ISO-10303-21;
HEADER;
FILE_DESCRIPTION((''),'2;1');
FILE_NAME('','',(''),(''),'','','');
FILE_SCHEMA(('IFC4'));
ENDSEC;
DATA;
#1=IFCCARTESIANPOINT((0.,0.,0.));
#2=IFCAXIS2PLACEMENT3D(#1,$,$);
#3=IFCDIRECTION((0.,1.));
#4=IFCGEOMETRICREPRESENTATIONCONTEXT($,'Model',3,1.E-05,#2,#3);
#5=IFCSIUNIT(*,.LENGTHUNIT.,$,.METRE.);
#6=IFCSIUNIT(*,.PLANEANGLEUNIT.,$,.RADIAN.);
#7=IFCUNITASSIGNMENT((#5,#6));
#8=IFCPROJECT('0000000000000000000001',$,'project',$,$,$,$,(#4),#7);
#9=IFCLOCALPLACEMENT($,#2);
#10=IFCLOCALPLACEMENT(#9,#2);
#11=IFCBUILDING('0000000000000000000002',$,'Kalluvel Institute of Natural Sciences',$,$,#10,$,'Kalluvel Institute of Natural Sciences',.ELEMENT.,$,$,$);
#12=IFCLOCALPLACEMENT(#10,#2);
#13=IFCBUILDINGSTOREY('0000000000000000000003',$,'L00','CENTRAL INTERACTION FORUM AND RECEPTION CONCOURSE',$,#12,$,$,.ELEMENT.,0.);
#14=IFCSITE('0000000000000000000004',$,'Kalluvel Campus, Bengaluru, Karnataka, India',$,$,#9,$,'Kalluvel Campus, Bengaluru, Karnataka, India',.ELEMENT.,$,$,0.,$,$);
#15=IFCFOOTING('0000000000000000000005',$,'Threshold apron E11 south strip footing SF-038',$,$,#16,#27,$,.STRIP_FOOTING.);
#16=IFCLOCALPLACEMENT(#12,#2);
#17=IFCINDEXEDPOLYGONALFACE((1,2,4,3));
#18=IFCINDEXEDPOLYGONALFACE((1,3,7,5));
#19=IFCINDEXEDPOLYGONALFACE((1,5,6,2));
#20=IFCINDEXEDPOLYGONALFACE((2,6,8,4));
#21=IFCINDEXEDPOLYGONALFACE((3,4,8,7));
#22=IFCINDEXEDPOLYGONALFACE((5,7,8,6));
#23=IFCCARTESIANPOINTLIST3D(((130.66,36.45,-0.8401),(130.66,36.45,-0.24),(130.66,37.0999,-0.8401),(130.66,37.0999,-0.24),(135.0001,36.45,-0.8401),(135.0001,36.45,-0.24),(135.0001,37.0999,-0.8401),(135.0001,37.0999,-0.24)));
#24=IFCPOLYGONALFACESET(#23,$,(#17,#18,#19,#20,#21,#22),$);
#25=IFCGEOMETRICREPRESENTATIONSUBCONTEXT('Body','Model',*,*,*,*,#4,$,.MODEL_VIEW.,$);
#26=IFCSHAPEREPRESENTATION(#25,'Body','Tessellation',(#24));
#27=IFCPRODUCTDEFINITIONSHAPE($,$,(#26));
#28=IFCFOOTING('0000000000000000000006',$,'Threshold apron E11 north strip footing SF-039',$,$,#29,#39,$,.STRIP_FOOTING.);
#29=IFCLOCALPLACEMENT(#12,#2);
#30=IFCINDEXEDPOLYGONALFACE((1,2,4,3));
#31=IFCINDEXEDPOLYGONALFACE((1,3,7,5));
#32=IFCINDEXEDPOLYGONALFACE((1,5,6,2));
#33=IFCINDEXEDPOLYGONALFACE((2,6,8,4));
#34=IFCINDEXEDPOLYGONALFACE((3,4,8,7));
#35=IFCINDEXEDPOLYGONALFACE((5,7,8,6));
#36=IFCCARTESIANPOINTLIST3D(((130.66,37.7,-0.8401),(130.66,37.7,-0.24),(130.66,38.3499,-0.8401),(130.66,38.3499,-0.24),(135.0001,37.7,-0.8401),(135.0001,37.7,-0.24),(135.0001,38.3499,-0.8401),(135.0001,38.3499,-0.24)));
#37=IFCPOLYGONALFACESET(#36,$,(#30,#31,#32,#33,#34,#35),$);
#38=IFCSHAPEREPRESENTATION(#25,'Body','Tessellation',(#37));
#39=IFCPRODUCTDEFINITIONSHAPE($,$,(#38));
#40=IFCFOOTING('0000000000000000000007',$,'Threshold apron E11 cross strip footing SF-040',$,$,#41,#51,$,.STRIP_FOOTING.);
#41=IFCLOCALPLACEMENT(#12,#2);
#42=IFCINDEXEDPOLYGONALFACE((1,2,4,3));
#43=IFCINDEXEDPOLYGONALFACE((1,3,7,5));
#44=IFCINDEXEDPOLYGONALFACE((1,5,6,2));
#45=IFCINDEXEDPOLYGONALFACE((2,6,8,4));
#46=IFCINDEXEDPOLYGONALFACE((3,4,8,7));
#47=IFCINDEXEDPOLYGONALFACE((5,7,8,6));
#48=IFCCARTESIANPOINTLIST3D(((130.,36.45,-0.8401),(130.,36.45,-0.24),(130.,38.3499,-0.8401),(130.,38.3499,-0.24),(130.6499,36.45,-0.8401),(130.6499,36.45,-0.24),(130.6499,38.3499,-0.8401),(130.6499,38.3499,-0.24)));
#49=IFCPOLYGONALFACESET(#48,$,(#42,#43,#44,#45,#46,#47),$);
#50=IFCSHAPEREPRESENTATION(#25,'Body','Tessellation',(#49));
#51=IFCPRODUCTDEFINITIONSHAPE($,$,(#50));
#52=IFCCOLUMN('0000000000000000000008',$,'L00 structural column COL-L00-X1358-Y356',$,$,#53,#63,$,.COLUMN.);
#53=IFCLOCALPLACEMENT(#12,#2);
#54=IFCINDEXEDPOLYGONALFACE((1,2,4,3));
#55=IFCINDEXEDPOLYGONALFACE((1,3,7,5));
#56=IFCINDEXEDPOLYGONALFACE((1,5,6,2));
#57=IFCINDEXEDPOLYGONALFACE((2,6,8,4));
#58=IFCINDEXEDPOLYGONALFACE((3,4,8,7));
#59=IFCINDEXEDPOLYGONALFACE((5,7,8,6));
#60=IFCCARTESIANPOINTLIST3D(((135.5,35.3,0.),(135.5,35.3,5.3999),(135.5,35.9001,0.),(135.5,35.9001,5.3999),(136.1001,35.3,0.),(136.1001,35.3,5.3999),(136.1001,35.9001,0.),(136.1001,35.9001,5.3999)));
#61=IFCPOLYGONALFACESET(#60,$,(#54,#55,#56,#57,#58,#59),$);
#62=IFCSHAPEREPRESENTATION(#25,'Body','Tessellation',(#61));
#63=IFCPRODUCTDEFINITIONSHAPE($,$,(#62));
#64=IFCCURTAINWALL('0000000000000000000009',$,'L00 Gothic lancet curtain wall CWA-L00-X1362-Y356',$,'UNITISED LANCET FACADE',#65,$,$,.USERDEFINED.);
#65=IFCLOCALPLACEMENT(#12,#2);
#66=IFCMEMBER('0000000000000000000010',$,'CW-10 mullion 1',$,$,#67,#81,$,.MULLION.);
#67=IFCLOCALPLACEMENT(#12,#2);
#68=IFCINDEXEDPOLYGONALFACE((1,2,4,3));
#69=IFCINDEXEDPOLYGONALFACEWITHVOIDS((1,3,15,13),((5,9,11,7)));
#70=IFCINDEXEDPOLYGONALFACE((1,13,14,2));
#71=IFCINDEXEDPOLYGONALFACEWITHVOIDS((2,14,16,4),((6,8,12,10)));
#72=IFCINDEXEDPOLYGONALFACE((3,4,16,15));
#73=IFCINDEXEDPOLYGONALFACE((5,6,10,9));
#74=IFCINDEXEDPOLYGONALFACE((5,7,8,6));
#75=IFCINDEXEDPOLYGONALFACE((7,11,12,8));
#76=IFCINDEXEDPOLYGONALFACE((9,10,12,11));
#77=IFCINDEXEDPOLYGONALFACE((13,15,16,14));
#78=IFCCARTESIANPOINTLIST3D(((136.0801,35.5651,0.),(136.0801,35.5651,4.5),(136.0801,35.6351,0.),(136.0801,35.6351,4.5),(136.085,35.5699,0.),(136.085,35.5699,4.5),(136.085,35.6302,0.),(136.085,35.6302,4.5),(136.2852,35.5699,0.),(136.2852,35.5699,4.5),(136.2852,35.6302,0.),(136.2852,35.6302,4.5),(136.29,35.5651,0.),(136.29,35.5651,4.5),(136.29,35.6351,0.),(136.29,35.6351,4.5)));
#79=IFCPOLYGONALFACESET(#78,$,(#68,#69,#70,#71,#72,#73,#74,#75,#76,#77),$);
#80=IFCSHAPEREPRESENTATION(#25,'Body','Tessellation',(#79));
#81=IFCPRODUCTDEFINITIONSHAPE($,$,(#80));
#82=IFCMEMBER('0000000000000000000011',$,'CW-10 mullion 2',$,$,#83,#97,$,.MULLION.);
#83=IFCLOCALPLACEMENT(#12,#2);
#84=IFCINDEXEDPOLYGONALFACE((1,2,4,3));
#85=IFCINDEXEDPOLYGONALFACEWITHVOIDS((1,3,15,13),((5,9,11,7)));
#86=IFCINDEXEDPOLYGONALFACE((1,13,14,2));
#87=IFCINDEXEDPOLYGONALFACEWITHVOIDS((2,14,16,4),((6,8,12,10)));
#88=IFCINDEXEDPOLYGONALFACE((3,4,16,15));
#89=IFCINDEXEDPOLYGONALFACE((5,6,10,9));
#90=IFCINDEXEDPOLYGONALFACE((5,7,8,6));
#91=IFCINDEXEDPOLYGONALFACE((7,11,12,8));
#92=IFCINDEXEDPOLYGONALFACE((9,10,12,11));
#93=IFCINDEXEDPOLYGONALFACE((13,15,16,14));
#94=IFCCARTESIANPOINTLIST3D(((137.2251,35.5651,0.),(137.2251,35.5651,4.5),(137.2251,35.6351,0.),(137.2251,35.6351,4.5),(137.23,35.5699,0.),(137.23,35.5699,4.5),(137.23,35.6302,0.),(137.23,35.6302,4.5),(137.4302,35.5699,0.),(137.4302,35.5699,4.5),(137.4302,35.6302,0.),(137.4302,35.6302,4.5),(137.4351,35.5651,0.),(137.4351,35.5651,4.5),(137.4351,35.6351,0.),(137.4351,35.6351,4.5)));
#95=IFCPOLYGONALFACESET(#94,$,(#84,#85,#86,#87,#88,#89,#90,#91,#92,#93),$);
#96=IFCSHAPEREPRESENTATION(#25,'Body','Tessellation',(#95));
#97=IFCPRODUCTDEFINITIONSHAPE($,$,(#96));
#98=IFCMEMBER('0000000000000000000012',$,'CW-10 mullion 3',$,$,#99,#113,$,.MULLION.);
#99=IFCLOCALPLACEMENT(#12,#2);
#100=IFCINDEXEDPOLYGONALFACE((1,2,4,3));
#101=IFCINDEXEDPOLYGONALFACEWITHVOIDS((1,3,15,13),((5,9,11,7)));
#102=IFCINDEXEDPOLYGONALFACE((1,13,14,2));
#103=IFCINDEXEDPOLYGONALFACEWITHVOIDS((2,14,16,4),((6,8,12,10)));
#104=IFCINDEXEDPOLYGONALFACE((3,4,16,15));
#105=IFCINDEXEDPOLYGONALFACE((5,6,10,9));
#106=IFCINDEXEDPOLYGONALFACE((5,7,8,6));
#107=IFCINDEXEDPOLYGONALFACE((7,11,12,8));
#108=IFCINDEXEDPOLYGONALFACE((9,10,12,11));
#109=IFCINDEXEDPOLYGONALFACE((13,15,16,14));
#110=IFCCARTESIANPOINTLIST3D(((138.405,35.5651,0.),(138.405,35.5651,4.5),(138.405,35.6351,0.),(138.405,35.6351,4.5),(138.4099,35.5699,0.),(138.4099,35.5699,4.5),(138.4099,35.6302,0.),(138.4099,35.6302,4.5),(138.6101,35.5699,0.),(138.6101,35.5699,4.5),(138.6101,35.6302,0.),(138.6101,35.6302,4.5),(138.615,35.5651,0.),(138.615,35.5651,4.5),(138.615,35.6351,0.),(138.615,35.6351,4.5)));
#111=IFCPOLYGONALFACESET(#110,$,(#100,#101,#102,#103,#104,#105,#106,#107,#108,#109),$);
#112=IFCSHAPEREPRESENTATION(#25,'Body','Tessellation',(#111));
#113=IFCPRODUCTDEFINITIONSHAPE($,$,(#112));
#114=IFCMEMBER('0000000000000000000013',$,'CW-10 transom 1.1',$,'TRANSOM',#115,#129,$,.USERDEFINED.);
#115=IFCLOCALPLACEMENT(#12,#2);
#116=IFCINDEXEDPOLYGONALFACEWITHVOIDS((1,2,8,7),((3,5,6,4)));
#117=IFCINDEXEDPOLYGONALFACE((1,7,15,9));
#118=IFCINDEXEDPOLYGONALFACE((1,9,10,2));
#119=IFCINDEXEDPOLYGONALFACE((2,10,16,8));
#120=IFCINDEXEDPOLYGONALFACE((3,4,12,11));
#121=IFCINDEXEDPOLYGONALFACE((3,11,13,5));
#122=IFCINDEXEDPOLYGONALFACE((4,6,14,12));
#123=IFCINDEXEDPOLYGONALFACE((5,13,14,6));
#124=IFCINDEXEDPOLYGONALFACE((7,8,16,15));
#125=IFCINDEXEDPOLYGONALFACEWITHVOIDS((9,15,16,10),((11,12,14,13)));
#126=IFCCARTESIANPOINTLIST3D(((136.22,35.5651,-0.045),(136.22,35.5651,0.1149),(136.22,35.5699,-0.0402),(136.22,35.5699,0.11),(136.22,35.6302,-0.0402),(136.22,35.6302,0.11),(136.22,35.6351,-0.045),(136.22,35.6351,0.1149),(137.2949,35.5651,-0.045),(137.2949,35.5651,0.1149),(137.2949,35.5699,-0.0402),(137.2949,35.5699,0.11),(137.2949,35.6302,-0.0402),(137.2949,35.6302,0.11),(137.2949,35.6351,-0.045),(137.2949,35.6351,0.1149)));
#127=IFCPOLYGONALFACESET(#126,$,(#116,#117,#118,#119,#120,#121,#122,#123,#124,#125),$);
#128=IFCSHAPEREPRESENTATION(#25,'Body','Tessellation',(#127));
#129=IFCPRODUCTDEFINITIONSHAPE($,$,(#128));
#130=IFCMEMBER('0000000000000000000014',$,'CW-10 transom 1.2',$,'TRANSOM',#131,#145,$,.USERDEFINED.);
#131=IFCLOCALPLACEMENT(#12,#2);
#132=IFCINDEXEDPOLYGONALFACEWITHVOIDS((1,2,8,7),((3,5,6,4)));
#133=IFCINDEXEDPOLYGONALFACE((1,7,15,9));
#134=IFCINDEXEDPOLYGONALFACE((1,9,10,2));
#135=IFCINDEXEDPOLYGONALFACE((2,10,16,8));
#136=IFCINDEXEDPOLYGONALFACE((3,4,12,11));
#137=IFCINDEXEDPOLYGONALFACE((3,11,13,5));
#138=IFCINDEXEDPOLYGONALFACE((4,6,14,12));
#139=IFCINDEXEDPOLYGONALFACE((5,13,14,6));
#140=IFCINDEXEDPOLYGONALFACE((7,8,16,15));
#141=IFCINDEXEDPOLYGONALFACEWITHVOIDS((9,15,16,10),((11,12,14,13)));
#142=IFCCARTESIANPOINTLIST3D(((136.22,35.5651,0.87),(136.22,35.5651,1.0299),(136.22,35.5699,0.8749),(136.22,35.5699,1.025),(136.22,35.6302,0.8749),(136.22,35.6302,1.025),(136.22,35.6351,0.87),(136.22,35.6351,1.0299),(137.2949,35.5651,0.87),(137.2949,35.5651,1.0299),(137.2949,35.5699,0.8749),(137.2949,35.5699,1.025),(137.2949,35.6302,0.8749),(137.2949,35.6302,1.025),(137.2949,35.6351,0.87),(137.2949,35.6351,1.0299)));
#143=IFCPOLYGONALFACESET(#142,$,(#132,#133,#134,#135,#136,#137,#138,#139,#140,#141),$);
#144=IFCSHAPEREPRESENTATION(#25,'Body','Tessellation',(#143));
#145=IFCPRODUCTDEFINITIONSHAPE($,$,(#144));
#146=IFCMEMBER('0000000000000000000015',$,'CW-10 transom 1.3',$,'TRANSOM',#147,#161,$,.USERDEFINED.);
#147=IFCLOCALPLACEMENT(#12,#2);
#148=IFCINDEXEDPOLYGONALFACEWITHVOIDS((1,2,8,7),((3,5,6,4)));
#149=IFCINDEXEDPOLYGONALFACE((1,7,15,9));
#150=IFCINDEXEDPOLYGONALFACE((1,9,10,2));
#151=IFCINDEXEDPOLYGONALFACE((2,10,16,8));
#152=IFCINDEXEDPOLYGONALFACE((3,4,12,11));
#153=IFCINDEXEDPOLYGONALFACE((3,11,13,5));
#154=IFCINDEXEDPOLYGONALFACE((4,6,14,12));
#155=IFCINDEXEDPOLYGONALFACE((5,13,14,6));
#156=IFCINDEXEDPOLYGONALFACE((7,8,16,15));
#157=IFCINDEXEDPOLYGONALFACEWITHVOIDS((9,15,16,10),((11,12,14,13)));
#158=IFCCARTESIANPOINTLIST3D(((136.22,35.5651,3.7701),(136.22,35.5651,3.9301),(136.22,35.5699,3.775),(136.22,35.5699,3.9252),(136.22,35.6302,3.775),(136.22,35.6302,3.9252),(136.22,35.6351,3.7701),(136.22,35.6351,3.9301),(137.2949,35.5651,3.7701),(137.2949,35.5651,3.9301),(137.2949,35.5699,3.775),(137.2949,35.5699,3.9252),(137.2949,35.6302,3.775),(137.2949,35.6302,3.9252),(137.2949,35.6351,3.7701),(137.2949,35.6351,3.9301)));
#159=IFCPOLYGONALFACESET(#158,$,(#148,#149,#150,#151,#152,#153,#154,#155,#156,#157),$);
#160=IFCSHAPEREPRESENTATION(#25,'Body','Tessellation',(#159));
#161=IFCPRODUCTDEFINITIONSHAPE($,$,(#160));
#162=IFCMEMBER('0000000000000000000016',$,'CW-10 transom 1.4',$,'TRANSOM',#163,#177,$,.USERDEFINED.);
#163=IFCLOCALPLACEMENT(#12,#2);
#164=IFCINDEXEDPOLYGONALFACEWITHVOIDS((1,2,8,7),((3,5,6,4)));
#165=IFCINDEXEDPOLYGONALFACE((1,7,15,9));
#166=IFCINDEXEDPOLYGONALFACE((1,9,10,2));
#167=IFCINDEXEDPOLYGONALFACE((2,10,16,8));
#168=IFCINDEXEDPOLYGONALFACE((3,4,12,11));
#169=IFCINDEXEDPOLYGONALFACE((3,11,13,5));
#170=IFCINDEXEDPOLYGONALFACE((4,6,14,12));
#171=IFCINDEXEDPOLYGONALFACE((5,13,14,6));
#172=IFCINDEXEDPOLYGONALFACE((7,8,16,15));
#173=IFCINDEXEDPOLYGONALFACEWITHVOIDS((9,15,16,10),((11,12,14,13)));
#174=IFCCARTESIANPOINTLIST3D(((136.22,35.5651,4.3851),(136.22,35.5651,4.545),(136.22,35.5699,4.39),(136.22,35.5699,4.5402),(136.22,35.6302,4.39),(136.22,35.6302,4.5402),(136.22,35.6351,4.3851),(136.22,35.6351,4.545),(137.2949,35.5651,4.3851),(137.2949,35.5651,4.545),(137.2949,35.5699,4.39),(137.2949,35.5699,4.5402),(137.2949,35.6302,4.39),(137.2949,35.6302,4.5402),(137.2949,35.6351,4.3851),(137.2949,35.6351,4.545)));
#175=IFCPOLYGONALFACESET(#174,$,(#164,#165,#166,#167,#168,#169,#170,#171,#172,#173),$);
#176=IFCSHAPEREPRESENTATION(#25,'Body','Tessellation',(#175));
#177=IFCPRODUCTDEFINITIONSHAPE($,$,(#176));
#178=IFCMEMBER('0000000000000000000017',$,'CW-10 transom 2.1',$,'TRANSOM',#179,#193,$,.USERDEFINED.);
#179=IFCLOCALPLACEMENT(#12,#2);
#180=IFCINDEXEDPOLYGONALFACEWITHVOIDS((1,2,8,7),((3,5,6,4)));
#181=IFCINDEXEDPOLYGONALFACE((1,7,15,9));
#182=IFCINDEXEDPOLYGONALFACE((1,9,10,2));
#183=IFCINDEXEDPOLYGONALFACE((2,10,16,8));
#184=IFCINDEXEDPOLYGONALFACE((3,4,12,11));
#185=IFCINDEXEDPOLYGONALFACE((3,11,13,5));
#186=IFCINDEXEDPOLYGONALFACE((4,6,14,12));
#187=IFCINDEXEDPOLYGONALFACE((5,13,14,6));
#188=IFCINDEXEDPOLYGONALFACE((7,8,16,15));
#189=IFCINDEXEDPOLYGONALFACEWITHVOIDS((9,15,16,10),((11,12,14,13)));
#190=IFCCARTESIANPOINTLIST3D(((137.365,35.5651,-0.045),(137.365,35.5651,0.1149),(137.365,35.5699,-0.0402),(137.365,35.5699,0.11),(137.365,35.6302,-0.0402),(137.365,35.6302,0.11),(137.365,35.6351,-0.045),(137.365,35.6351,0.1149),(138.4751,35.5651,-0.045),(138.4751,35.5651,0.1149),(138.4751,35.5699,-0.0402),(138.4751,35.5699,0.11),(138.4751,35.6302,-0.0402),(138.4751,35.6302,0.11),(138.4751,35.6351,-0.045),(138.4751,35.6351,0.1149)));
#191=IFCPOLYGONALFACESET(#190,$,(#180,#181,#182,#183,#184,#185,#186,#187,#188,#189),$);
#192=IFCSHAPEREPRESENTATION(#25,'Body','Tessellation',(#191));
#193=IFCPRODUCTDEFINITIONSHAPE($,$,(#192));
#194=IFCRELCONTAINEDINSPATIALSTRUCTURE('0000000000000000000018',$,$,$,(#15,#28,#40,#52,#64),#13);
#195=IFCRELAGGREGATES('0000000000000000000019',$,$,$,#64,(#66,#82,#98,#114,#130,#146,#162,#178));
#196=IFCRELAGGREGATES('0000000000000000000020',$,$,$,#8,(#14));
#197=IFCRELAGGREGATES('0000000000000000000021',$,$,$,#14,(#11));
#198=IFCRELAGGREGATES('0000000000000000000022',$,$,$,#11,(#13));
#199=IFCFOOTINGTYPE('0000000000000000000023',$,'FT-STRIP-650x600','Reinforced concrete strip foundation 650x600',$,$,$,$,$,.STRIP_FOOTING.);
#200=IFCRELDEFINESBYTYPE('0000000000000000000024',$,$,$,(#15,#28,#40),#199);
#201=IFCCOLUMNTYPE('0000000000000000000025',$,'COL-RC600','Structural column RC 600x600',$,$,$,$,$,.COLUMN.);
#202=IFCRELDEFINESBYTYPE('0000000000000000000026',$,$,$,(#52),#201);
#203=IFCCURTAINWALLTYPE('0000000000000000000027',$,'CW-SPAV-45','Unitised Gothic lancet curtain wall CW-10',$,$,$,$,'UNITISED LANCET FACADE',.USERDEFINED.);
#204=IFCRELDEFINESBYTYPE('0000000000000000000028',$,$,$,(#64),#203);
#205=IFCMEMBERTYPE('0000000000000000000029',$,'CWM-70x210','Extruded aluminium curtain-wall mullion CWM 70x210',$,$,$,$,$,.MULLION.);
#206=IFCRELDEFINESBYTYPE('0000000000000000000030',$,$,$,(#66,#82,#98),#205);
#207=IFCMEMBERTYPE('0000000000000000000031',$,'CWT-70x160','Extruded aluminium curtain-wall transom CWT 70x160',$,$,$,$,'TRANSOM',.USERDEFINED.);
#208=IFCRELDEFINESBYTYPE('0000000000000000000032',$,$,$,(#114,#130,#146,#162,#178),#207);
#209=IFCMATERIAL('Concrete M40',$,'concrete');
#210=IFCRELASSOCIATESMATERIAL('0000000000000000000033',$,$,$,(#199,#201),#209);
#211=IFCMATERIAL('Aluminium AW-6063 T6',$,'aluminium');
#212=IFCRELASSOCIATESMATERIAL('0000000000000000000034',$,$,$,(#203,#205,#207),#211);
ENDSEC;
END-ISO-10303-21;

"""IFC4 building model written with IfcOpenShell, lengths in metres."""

from ifc_helpers import new_model, si_unit, direction, frame, origin, origin_2d, place, context, subcontext, project, spatial, rectangle, hollow_rectangle, extrude, material, material_profile, profile_set, type_object, element, aggregate, save


model = new_model("IFC4")

# Units and contexts
model_context = context("Model", 3, precision=1e-05, world=origin(), true_north=direction((0.0, 1.0)))
body_context = subcontext(model_context, "Body", "Model", "MODEL_VIEW")
ifc_project = project(units=[si_unit("LENGTHUNIT", "METRE"), si_unit("PLANEANGLEUNIT", "RADIAN")], contexts=[model_context])

# Site, building, storey
site_placement = place(None, origin())
site = spatial("IfcSite", under=ifc_project, at=site_placement, Name="Kalluvel Campus, Bengaluru, Karnataka, India", LongName="Kalluvel Campus, Bengaluru, Karnataka, India", CompositionType="ELEMENT", RefElevation=0.0)
building_placement = place(site_placement, origin())
building = spatial("IfcBuilding", under=site, at=building_placement, Name="Kalluvel Institute of Natural Sciences", LongName="Kalluvel Institute of Natural Sciences", CompositionType="ELEMENT")
storey_placement = place(building_placement, origin())
storey = spatial("IfcBuildingStorey", under=building, at=storey_placement, Name="L00", Description="CENTRAL INTERACTION FORUM AND RECEPTION CONCOURSE", CompositionType="ELEMENT", Elevation=0.0)

# Footings
ifc_material_1 = material(Name="Concrete M40", Category="concrete")
footing_type = type_object("IfcFootingType", Name="FT-STRIP-650x600", Description="Reinforced concrete strip foundation 650x600", PredefinedType="STRIP_FOOTING", material=ifc_material_1)
for number, where, z_axis, x_axis, name in (
    (1, (132.8301, 36.7749, -0.8401), (0.0, 0.0, 1.0), (1.0, 0.0, 0.0), "Threshold apron E11 south strip footing SF-038"),
    (2, (132.8301, 38.0249, -0.8401), (0.0, 0.0, 1.0), (1.0, 0.0, 0.0), "Threshold apron E11 north strip footing SF-039"),
):
    element("IfcFooting", number, at=place(storey_placement, frame(where, z_axis=z_axis, x_axis=x_axis)), inside=storey, type_object=footing_type, Name=name, PredefinedType="STRIP_FOOTING", context=body_context, shape_type="SweptSolid", body=[
        extrude(rectangle(XDim=4.3401, YDim=0.6499, at=origin_2d()), origin(), (0.0, 0.0, 1.0), 0.6001),
    ])
footing_placement = place(storey_placement, frame((130.325, 37.3999, -0.8401), z_axis=(0.0, 0.0, 1.0), x_axis=(1.0, 0.0, 0.0)))
element("IfcFooting", 3, at=footing_placement, inside=storey, type_object=footing_type, Name="Threshold apron E11 cross strip footing SF-040", PredefinedType="STRIP_FOOTING", context=body_context, shape_type="SweptSolid", body=[
    extrude(rectangle(XDim=0.6499, YDim=1.8999, at=origin_2d()), origin(), (0.0, 0.0, 1.0), 0.6001),
])

# Column
ifc_material_profile_1 = material_profile(ifc_material_1, rectangle(XDim=0.6001, YDim=0.6001, at=origin_2d()), Name="RC 600x600")
ifc_profile_set_1 = profile_set([ifc_material_profile_1], Name="Concrete M40")
column_type = type_object("IfcColumnType", Name="COL-RC600", Description="Structural column RC 600x600", PredefinedType="COLUMN", material=ifc_profile_set_1)
column_placement = place(storey_placement, frame((135.8, 35.6001, 0.0), z_axis=(0.0, 0.0, 1.0), x_axis=(1.0, 0.0, 0.0)))
element("IfcColumn", 4, at=column_placement, inside=storey, type_object=column_type, Name="L00 structural column COL-L00-X1358-Y356", PredefinedType="COLUMN", context=body_context, shape_type="SweptSolid", body=[
    extrude(rectangle(XDim=0.6001, YDim=0.6001, at=origin_2d()), origin(), (0.0, 0.0, 1.0), 5.3999),
])

# Curtain wall, members
ifc_material_2 = material(Name="Aluminium AW-6063 T6", Category="aluminium")
curtain_wall_type = type_object("IfcCurtainWallType", Name="CW-SPAV-45", Description="Unitised Gothic lancet curtain wall CW-10", ElementType="UNITISED LANCET FACADE", PredefinedType="USERDEFINED", material=ifc_material_2)
curtain_wall_placement = place(storey_placement, origin())
curtain_wall = element("IfcCurtainWall", 5, at=curtain_wall_placement, inside=storey, type_object=curtain_wall_type, Name="L00 Gothic lancet curtain wall CWA-L00-X1362-Y356", ObjectType="UNITISED LANCET FACADE", PredefinedType="USERDEFINED")
ifc_material_profile_2 = material_profile(ifc_material_2, hollow_rectangle(XDim=0.0701, YDim=0.21, WallThickness=0.0049, at=origin_2d()), Name="CWM 70x210")
ifc_profile_set_2 = profile_set([ifc_material_profile_2], Name="Aluminium AW-6063 T6")
member_type_1 = type_object("IfcMemberType", Name="CWM-70x210", Description="Extruded aluminium curtain-wall mullion CWM 70x210", PredefinedType="MULLION", material=ifc_profile_set_2)
member_1_placement = place(storey_placement, frame((136.1851, 35.6001, 0.0), z_axis=(0.0, 0.0, 1.0), x_axis=(0.0, 1.0, 0.0)))
member_1 = element("IfcMember", 6, at=member_1_placement, type_object=member_type_1, Name="CW-10 mullion 1", PredefinedType="MULLION", context=body_context, shape_type="SweptSolid", body=[
    extrude(hollow_rectangle(XDim=0.0701, YDim=0.21, WallThickness=0.0049, at=origin_2d()), origin(), (0.0, 0.0, 1.0), 4.5),
])
member_2_placement = place(storey_placement, frame((137.3301, 35.6001, 0.0), z_axis=(0.0, 0.0, 1.0), x_axis=(0.0, 1.0, 0.0)))
member_2 = element("IfcMember", 7, at=member_2_placement, type_object=member_type_1, Name="CW-10 mullion 2", PredefinedType="MULLION", context=body_context, shape_type="SweptSolid", body=[
    extrude(hollow_rectangle(XDim=0.0701, YDim=0.21, WallThickness=0.0049, at=origin_2d()), origin(), (0.0, 0.0, 1.0), 4.5),
])
member_3_placement = place(storey_placement, frame((138.51, 35.6001, 0.0), z_axis=(0.0, 0.0, 1.0), x_axis=(0.0, 1.0, 0.0)))
member_3 = element("IfcMember", 8, at=member_3_placement, type_object=member_type_1, Name="CW-10 mullion 3", PredefinedType="MULLION", context=body_context, shape_type="SweptSolid", body=[
    extrude(hollow_rectangle(XDim=0.0701, YDim=0.21, WallThickness=0.0049, at=origin_2d()), origin(), (0.0, 0.0, 1.0), 4.5),
])
ifc_material_profile_3 = material_profile(ifc_material_2, hollow_rectangle(XDim=0.0701, YDim=0.1599, WallThickness=0.0049, at=origin_2d()), Name="CWT 70x160")
ifc_profile_set_3 = profile_set([ifc_material_profile_3], Name="Aluminium AW-6063 T6")
member_type_2 = type_object("IfcMemberType", Name="CWT-70x160", Description="Extruded aluminium curtain-wall transom CWT 70x160", ElementType="TRANSOM", PredefinedType="USERDEFINED", material=ifc_profile_set_3)
member_4_placement = place(storey_placement, frame((136.22, 35.6001, 0.0349), z_axis=(1.0, 0.0, 0.0), x_axis=(0.0, 1.0, 0.0)))
member_4 = element("IfcMember", 9, at=member_4_placement, type_object=member_type_2, Name="CW-10 transom 1.1", ObjectType="TRANSOM", PredefinedType="USERDEFINED", context=body_context, shape_type="SweptSolid", body=[
    extrude(hollow_rectangle(XDim=0.0701, YDim=0.1599, WallThickness=0.0049, at=origin_2d()), origin(), (0.0, 0.0, 1.0), 1.075),
])
member_5_placement = place(storey_placement, frame((136.22, 35.6001, 0.95), z_axis=(1.0, 0.0, 0.0), x_axis=(0.0, 1.0, 0.0)))
member_5 = element("IfcMember", 10, at=member_5_placement, type_object=member_type_2, Name="CW-10 transom 1.2", ObjectType="TRANSOM", PredefinedType="USERDEFINED", context=body_context, shape_type="SweptSolid", body=[
    extrude(hollow_rectangle(XDim=0.0701, YDim=0.1599, WallThickness=0.0049, at=origin_2d()), origin(), (0.0, 0.0, 1.0), 1.075),
])
member_6_placement = place(storey_placement, frame((136.22, 35.6001, 3.8501), z_axis=(1.0, 0.0, 0.0), x_axis=(0.0, 1.0, 0.0)))
member_6 = element("IfcMember", 11, at=member_6_placement, type_object=member_type_2, Name="CW-10 transom 1.3", ObjectType="TRANSOM", PredefinedType="USERDEFINED", context=body_context, shape_type="SweptSolid", body=[
    extrude(hollow_rectangle(XDim=0.0701, YDim=0.1599, WallThickness=0.0049, at=origin_2d()), origin(), (0.0, 0.0, 1.0), 1.075),
])
member_7_placement = place(storey_placement, frame((136.22, 35.6001, 4.4651), z_axis=(1.0, 0.0, 0.0), x_axis=(0.0, 1.0, 0.0)))
member_7 = element("IfcMember", 12, at=member_7_placement, type_object=member_type_2, Name="CW-10 transom 1.4", ObjectType="TRANSOM", PredefinedType="USERDEFINED", context=body_context, shape_type="SweptSolid", body=[
    extrude(hollow_rectangle(XDim=0.0701, YDim=0.1599, WallThickness=0.0049, at=origin_2d()), origin(), (0.0, 0.0, 1.0), 1.075),
])
member_8_placement = place(storey_placement, frame((137.365, 35.6001, 0.0349), z_axis=(1.0, 0.0, 0.0), x_axis=(0.0, 1.0, 0.0)))
member_8 = element("IfcMember", 13, at=member_8_placement, type_object=member_type_2, Name="CW-10 transom 2.1", ObjectType="TRANSOM", PredefinedType="USERDEFINED", context=body_context, shape_type="SweptSolid", body=[
    extrude(hollow_rectangle(XDim=0.0701, YDim=0.1599, WallThickness=0.0049, at=origin_2d()), origin(), (0.0, 0.0, 1.0), 1.1101),
])

aggregate(curtain_wall, [member_1, member_2, member_3, member_4, member_5, member_6, member_7, member_8])

save(model, "model.ifc")
